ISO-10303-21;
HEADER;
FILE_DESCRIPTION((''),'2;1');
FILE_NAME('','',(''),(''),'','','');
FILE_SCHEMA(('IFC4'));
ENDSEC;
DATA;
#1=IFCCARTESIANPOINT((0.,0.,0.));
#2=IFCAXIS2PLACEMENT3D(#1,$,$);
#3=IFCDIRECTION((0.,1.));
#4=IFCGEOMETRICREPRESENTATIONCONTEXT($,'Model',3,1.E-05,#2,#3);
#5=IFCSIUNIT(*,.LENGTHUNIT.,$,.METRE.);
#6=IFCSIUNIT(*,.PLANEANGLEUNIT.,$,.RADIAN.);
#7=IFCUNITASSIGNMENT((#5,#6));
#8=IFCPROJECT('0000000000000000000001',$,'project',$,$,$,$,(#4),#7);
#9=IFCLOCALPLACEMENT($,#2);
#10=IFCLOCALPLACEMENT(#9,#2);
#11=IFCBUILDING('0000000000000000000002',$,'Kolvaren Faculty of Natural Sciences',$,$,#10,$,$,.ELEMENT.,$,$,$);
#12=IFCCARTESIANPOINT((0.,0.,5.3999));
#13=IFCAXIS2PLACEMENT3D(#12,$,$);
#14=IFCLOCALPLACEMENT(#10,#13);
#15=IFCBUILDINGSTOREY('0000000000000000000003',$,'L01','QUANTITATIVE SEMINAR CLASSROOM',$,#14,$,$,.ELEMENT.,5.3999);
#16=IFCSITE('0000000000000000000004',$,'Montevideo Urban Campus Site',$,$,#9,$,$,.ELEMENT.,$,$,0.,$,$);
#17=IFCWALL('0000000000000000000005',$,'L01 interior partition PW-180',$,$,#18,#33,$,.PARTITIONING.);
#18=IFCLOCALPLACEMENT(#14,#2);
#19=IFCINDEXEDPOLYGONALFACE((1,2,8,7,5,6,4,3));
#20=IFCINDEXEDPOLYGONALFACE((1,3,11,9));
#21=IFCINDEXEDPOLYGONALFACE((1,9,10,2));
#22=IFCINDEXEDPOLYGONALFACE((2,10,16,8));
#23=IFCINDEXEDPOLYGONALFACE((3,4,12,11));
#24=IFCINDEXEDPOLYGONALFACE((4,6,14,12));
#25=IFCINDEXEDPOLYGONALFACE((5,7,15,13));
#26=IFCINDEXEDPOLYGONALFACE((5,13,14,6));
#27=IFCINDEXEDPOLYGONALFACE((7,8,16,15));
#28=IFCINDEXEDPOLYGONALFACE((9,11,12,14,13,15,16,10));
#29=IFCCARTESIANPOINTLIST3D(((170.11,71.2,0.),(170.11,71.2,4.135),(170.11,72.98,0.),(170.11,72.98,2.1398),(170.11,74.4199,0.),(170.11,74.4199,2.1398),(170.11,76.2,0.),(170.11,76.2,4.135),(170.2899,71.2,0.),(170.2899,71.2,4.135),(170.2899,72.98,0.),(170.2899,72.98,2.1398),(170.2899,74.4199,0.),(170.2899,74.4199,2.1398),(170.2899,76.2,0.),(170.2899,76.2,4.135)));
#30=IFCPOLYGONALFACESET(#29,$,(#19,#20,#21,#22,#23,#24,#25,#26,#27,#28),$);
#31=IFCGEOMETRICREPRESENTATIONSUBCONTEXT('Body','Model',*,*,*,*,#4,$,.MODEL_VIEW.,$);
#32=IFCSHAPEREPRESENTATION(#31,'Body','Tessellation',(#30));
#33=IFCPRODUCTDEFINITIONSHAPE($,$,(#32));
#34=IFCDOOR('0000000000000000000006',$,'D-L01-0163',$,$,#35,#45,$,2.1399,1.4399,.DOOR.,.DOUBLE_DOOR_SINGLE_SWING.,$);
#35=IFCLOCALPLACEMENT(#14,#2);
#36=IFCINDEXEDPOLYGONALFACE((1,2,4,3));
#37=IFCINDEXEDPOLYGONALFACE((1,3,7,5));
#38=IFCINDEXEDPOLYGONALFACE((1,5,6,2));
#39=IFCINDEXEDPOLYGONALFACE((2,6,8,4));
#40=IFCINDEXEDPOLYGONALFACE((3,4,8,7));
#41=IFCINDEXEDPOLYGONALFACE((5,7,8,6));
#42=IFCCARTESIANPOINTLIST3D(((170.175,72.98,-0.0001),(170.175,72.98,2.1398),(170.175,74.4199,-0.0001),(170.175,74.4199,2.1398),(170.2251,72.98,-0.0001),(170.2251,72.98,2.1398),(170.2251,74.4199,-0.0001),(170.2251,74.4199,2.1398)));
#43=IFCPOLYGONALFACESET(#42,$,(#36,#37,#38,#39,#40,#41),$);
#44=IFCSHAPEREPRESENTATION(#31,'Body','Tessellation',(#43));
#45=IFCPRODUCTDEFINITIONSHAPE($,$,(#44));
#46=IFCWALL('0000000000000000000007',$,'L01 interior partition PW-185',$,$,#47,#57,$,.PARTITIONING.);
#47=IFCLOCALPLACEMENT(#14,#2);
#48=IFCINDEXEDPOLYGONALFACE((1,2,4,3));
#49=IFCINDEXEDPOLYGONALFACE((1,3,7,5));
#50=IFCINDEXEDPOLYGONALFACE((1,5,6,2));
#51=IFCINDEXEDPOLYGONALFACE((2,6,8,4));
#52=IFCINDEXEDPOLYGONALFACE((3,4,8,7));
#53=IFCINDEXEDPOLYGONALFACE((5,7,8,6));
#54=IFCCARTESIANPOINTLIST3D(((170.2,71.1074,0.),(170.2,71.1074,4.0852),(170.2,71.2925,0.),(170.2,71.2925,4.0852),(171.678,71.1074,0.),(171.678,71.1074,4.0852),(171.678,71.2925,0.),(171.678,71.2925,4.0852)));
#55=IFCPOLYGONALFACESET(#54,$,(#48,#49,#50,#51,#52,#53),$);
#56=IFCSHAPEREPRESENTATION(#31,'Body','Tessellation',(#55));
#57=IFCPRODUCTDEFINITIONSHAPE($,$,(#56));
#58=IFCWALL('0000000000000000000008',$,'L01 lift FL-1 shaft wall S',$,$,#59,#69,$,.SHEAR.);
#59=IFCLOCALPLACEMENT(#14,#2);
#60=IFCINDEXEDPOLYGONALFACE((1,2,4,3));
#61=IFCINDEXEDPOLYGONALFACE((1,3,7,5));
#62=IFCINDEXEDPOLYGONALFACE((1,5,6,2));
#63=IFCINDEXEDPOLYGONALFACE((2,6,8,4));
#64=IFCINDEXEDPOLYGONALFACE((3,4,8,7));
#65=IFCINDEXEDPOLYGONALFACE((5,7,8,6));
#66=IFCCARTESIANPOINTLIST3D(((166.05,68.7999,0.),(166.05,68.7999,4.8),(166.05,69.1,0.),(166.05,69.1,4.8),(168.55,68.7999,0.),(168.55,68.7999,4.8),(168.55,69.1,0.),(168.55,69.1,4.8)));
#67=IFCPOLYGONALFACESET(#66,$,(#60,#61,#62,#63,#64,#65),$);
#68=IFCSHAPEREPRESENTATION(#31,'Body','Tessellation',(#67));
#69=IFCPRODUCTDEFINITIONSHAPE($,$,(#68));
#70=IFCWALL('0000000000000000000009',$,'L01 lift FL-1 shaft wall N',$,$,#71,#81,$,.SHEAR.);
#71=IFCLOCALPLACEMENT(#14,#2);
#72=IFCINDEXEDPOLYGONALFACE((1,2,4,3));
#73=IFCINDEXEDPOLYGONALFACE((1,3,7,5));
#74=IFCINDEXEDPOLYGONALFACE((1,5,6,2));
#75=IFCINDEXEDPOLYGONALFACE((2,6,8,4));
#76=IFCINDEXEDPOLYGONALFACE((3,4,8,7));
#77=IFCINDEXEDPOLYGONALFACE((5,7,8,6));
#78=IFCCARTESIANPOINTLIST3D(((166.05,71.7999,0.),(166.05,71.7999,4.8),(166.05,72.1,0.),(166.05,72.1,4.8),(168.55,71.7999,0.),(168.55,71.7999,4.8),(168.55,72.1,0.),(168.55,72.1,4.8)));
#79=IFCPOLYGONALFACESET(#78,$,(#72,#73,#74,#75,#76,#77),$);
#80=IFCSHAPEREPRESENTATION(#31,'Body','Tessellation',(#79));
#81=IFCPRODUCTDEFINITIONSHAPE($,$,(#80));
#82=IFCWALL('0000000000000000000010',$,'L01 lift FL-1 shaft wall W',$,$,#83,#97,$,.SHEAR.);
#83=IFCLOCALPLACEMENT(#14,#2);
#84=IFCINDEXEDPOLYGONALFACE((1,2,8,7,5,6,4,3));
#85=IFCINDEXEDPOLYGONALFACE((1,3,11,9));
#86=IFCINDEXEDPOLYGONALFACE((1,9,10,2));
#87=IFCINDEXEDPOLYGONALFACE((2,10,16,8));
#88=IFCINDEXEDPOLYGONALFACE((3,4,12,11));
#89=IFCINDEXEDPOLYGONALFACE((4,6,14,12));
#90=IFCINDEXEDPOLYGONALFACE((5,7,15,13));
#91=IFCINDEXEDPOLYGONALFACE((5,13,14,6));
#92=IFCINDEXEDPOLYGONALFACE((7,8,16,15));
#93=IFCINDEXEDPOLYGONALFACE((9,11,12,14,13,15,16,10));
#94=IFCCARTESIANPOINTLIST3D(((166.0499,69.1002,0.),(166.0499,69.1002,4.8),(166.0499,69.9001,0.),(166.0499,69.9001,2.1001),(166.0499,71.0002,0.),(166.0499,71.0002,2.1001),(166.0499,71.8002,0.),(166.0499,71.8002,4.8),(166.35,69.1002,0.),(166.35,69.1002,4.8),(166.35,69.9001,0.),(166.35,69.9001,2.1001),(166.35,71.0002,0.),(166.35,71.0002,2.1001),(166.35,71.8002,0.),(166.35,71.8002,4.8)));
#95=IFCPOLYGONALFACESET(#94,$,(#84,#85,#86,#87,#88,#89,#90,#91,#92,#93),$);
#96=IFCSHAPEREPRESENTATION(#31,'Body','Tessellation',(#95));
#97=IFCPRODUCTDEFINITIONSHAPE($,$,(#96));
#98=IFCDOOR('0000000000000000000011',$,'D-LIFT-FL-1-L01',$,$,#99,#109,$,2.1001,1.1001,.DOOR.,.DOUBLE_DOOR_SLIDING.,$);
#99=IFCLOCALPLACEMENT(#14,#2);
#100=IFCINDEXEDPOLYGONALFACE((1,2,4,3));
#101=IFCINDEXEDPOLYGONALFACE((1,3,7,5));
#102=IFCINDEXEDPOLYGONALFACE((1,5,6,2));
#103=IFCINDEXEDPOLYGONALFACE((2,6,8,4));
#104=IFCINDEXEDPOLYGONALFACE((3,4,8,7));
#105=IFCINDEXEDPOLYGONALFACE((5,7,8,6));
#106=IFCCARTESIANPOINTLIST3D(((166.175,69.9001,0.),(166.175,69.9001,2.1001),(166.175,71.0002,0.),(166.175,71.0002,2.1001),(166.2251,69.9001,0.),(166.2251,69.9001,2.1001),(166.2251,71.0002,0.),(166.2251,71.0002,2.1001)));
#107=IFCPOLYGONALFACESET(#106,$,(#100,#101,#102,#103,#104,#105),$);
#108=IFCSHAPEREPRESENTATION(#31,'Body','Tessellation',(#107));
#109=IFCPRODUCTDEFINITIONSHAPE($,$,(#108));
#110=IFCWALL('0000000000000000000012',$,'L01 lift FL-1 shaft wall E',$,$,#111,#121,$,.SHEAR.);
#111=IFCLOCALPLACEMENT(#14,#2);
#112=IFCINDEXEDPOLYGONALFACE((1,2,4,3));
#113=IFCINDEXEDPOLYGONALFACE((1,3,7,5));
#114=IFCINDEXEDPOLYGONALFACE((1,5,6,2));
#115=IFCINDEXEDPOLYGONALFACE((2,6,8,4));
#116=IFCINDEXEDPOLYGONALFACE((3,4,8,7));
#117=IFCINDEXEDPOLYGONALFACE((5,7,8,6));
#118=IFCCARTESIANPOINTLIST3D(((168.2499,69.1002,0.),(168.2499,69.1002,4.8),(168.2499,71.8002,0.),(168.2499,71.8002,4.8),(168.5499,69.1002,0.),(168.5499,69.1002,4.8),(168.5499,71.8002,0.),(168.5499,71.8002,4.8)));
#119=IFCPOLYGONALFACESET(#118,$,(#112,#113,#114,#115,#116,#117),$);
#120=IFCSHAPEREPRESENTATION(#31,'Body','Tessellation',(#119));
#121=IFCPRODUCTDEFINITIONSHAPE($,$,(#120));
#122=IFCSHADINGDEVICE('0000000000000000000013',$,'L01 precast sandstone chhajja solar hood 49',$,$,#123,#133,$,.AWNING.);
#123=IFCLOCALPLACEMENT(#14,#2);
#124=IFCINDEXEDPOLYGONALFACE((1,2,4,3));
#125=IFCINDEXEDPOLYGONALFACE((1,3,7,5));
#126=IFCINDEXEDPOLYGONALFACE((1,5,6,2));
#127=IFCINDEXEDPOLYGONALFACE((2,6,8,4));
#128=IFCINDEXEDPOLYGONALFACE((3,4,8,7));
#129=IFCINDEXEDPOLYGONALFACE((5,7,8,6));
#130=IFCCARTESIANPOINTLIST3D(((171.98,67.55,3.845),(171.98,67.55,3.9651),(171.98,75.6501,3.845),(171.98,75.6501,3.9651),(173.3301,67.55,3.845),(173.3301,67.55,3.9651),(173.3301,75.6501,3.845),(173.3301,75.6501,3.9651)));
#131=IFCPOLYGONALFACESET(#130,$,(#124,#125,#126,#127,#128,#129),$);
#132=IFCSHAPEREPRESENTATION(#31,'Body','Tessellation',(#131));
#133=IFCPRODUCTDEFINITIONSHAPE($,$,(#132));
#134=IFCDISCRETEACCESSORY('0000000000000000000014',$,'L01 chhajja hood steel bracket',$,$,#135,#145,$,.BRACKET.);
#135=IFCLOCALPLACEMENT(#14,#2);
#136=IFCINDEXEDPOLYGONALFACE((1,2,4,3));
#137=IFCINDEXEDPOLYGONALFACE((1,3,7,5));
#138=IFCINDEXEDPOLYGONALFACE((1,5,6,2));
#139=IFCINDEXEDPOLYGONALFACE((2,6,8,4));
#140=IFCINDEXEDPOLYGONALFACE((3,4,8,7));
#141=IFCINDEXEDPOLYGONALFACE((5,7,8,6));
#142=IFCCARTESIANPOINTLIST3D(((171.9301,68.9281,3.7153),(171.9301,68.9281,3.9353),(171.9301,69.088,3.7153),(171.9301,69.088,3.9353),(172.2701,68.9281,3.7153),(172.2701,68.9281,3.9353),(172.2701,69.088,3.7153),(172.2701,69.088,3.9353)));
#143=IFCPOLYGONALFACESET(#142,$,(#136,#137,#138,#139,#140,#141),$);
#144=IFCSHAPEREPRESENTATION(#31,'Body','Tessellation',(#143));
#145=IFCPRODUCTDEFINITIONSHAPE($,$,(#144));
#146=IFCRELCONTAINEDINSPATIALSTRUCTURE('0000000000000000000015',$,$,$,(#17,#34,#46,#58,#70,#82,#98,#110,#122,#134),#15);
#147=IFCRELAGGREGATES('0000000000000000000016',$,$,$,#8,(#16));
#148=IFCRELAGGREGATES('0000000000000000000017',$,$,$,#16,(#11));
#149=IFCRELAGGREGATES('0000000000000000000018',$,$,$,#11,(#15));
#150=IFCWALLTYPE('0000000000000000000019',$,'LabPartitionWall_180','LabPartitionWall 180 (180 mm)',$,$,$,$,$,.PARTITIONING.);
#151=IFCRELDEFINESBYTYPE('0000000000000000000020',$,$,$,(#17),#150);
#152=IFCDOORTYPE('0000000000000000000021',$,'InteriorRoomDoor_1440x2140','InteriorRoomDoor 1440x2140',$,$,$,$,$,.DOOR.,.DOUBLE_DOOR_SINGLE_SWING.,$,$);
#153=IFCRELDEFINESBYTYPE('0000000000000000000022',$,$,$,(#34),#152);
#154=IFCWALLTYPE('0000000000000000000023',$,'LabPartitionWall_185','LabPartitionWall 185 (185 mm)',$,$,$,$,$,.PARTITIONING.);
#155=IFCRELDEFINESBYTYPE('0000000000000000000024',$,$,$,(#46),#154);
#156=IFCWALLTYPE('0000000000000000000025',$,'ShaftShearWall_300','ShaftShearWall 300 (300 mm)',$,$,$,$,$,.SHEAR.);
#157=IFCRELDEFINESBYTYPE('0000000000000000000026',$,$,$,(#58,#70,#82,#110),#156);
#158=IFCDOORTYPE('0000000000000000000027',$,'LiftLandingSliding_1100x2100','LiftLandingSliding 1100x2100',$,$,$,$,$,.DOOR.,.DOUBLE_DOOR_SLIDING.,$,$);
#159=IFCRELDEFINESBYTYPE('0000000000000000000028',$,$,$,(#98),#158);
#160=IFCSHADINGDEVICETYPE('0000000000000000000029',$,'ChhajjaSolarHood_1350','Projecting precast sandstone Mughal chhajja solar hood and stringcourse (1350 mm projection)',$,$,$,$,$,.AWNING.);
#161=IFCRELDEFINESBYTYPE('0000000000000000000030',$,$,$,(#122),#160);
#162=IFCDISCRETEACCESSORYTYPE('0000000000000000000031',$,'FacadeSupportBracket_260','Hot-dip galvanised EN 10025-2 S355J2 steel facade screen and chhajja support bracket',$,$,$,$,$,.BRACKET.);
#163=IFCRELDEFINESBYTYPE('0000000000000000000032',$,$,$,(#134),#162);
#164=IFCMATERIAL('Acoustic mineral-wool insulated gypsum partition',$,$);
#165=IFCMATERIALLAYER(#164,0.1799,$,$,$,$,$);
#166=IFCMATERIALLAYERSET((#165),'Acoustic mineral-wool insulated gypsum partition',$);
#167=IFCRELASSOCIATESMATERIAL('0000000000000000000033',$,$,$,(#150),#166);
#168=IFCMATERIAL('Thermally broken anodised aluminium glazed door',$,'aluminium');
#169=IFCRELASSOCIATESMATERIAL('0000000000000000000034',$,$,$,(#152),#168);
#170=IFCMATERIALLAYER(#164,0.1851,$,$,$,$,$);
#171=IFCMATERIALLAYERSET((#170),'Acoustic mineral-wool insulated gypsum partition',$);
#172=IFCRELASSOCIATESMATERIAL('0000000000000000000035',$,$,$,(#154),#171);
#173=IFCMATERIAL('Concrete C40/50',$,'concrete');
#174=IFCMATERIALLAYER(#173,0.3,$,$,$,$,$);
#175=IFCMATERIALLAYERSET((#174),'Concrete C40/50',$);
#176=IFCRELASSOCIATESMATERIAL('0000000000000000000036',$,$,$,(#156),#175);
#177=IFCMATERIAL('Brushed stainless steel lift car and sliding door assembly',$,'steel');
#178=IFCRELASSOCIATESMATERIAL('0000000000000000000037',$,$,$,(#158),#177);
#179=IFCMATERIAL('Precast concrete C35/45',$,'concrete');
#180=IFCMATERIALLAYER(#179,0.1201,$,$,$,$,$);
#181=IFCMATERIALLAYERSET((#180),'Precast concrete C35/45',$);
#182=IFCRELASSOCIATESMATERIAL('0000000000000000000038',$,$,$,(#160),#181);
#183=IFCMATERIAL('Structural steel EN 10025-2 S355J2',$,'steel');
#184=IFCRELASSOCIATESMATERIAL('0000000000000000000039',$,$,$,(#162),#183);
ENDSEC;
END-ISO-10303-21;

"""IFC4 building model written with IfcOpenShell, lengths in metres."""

from ifc_helpers import new_model, si_unit, direction, frame, frame_2d, origin, origin_2d, place, context, subcontext, project, spatial, rectangle, extrude, material, layer, layer_set, type_object, element, fill, save


model = new_model("IFC4")

# Units and contexts
model_context = context("Model", 3, precision=1e-05, world=origin(), true_north=direction((0.0, 1.0)))
body_context = subcontext(model_context, "Body", "Model", "MODEL_VIEW")
ifc_project = project(units=[si_unit("LENGTHUNIT", "METRE"), si_unit("PLANEANGLEUNIT", "RADIAN")], contexts=[model_context])

# Site, building, storey
site_placement = place(None, origin())
site = spatial("IfcSite", under=ifc_project, at=site_placement, Name="Montevideo Urban Campus Site", CompositionType="ELEMENT", RefElevation=0.0)
building_placement = place(site_placement, origin())
building = spatial("IfcBuilding", under=site, at=building_placement, Name="Kolvaren Faculty of Natural Sciences", CompositionType="ELEMENT")
storey_placement = place(building_placement, frame((0.0, 0.0, 5.3999)))
storey = spatial("IfcBuildingStorey", under=building, at=storey_placement, Name="L01", Description="QUANTITATIVE SEMINAR CLASSROOM", CompositionType="ELEMENT", Elevation=5.3999)

# Shared definitions
ifc_material_1 = material(Name="Concrete C40/50", Category="concrete")

# Shared definitions
ifc_material_2 = material(Name="Acoustic mineral-wool insulated gypsum partition")

# Wall, opening, door
ifc_layer_1 = layer(ifc_material_2, 0.1799)
ifc_layer_set_1 = layer_set([ifc_layer_1], Name="Acoustic mineral-wool insulated gypsum partition")
wall_type_1 = type_object("IfcWallType", Name="LabPartitionWall_180", Description="LabPartitionWall 180 (180 mm)", PredefinedType="PARTITIONING", material=ifc_layer_set_1)
wall_1_placement = place(storey_placement, frame((170.2, 71.2, 0.0), z_axis=(0.0, 0.0, 1.0), x_axis=(0.0, 1.0, 0.0)))
wall_1 = element("IfcWall", 1, at=wall_1_placement, inside=storey, type_object=wall_type_1, Name="L01 interior partition PW-180", PredefinedType="PARTITIONING", context=body_context, shape_type="SweptSolid", body=[
    extrude(rectangle(XDim=5.0, YDim=0.1799, at=frame_2d((2.5, 0.0))), origin(), (0.0, 0.0, 1.0), 4.135),
])
opening_1_placement = place(wall_1_placement, frame((1.78, 0.0, 0.0)))
opening_1 = element("IfcOpeningElement", 2, at=opening_1_placement, cuts=wall_1, PredefinedType="OPENING", context=body_context, shape_type="SweptSolid", body=[
    extrude(rectangle(XDim=1.4399, YDim=2.1399, at=frame_2d((0.72, 1.0698))), frame((0.0, 0.0999, 0.0), z_axis=(0.0, -1.0, 0.0), x_axis=(1.0, 0.0, 0.0)), (0.0, 0.0, 1.0), 0.2),
])
ifc_material_3 = material(Name="Thermally broken anodised aluminium glazed door", Category="aluminium")
door_type_1 = type_object("IfcDoorType", Name="InteriorRoomDoor_1440x2140", Description="InteriorRoomDoor 1440x2140", OperationType="DOUBLE_DOOR_SINGLE_SWING", PredefinedType="DOOR", material=ifc_material_3)
door_1_placement = place(opening_1_placement, origin())
door_1 = element("IfcDoor", 3, at=door_1_placement, inside=storey, type_object=door_type_1, Name="D-L01-0163", OperationType="DOUBLE_DOOR_SINGLE_SWING", OverallHeight=2.1399, OverallWidth=1.4399, PredefinedType="DOOR", context=body_context, shape_type="SweptSolid", body=[
    extrude(rectangle(XDim=1.4399, YDim=2.1399, at=frame_2d((0.72, 1.0698))), frame((0.0, 0.0249, 0.0), z_axis=(0.0, -1.0, 0.0), x_axis=(1.0, 0.0, 0.0)), (0.0, 0.0, 1.0), 0.05),
])
fill(opening_1, door_1)

# Walls
ifc_layer_2 = layer(ifc_material_2, 0.1851)
ifc_layer_set_2 = layer_set([ifc_layer_2], Name="Acoustic mineral-wool insulated gypsum partition")
wall_type_2 = type_object("IfcWallType", Name="LabPartitionWall_185", Description="LabPartitionWall 185 (185 mm)", PredefinedType="PARTITIONING", material=ifc_layer_set_2)
wall_2_placement = place(storey_placement, frame((170.2, 71.2, 0.0), z_axis=(0.0, 0.0, 1.0), x_axis=(1.0, 0.0, 0.0)))
element("IfcWall", 4, at=wall_2_placement, inside=storey, type_object=wall_type_2, Name="L01 interior partition PW-185", PredefinedType="PARTITIONING", context=body_context, shape_type="SweptSolid", body=[
    extrude(rectangle(XDim=1.478, YDim=0.1851, at=frame_2d((0.739, 0.0))), origin(), (0.0, 0.0, 1.0), 4.0852),
])
ifc_layer_3 = layer(ifc_material_1, 0.3)
ifc_layer_set_3 = layer_set([ifc_layer_3], Name="Concrete C40/50")
wall_type_3 = type_object("IfcWallType", Name="ShaftShearWall_300", Description="ShaftShearWall 300 (300 mm)", PredefinedType="SHEAR", material=ifc_layer_set_3)
for number, where, z_axis, x_axis, name in (
    (5, (166.05, 68.95, 0.0), (0.0, 0.0, 1.0), (1.0, 0.0, 0.0), "L01 lift FL-1 shaft wall S"),
    (6, (166.05, 71.95, 0.0), (0.0, 0.0, 1.0), (1.0, 0.0, 0.0), "L01 lift FL-1 shaft wall N"),
):
    element("IfcWall", number, at=place(storey_placement, frame(where, z_axis=z_axis, x_axis=x_axis)), inside=storey, type_object=wall_type_3, Name=name, PredefinedType="SHEAR", context=body_context, shape_type="SweptSolid", body=[
        extrude(rectangle(XDim=2.5, YDim=0.3, at=frame_2d((1.25, 0.0))), origin(), (0.0, 0.0, 1.0), 4.8),
    ])

# Wall, opening, door
wall_3_placement = place(storey_placement, frame((166.2, 69.1001, 0.0), z_axis=(0.0, 0.0, 1.0), x_axis=(0.0, 1.0, 0.0)))
wall_3 = element("IfcWall", 7, at=wall_3_placement, inside=storey, type_object=wall_type_3, Name="L01 lift FL-1 shaft wall W", PredefinedType="SHEAR", context=body_context, shape_type="SweptSolid", body=[
    extrude(rectangle(XDim=2.7, YDim=0.3, at=frame_2d((1.3501, 0.0))), origin(), (0.0, 0.0, 1.0), 4.8),
])
opening_2_placement = place(wall_3_placement, frame((0.8, 0.0, 0.0)))
opening_2 = element("IfcOpeningElement", 8, at=opening_2_placement, cuts=wall_3, PredefinedType="OPENING", context=body_context, shape_type="SweptSolid", body=[
    extrude(rectangle(XDim=1.1001, YDim=2.1001, at=frame_2d((0.55, 1.05))), frame((0.0, 0.1599, 0.0), z_axis=(0.0, -1.0, 0.0), x_axis=(1.0, 0.0, 0.0)), (0.0, 0.0, 1.0), 0.3201),
])
ifc_material_4 = material(Name="Brushed stainless steel lift car and sliding door assembly", Category="steel")
door_type_2 = type_object("IfcDoorType", Name="LiftLandingSliding_1100x2100", Description="LiftLandingSliding 1100x2100", OperationType="DOUBLE_DOOR_SLIDING", PredefinedType="DOOR", material=ifc_material_4)
door_2_placement = place(opening_2_placement, origin())
door_2 = element("IfcDoor", 9, at=door_2_placement, inside=storey, type_object=door_type_2, Name="D-LIFT-FL-1-L01", OperationType="DOUBLE_DOOR_SLIDING", OverallHeight=2.1001, OverallWidth=1.1001, PredefinedType="DOOR", context=body_context, shape_type="SweptSolid", body=[
    extrude(rectangle(XDim=1.1001, YDim=2.1001, at=frame_2d((0.55, 1.05))), frame((0.0, 0.0249, 0.0), z_axis=(0.0, -1.0, 0.0), x_axis=(1.0, 0.0, 0.0)), (0.0, 0.0, 1.0), 0.05),
])
fill(opening_2, door_2)

# Wall
wall_4_placement = place(storey_placement, frame((168.3999, 69.1001, 0.0), z_axis=(0.0, 0.0, 1.0), x_axis=(0.0, 1.0, 0.0)))
element("IfcWall", 10, at=wall_4_placement, inside=storey, type_object=wall_type_3, Name="L01 lift FL-1 shaft wall E", PredefinedType="SHEAR", context=body_context, shape_type="SweptSolid", body=[
    extrude(rectangle(XDim=2.7, YDim=0.3, at=frame_2d((1.3501, 0.0))), origin(), (0.0, 0.0, 1.0), 4.8),
])

# Shading device
ifc_material_5 = material(Name="Precast concrete C35/45", Category="concrete")
ifc_layer_4 = layer(ifc_material_5, 0.1201)
ifc_layer_set_4 = layer_set([ifc_layer_4], Name="Precast concrete C35/45")
shading_device_type = type_object("IfcShadingDeviceType", Name="ChhajjaSolarHood_1350", Description="Projecting precast sandstone Mughal chhajja solar hood and stringcourse (1350 mm projection)", PredefinedType="AWNING", material=ifc_layer_set_4)
shading_device_placement = place(storey_placement, frame((172.655, 71.6001, 3.845), z_axis=(0.0, 0.0, 1.0), x_axis=(0.0, -1.0, 0.0)))
element("IfcShadingDevice", 11, at=shading_device_placement, inside=storey, type_object=shading_device_type, Name="L01 precast sandstone chhajja solar hood 49", PredefinedType="AWNING", context=body_context, shape_type="SweptSolid", body=[
    extrude(rectangle(XDim=8.1001, YDim=1.3501, at=origin_2d()), origin(), (0.0, 0.0, 1.0), 0.1201),
])

# Discrete accessory
ifc_material_6 = material(Name="Structural steel EN 10025-2 S355J2", Category="steel")
discrete_accessory_type = type_object("IfcDiscreteAccessoryType", Name="FacadeSupportBracket_260", Description="Hot-dip galvanised EN 10025-2 S355J2 steel facade screen and chhajja support bracket", PredefinedType="BRACKET", material=ifc_material_6)
discrete_accessory_placement = place(storey_placement, frame((172.1001, 69.0081, 3.7153), z_axis=(0.0, 0.0, 1.0), x_axis=(0.0, -1.0, 0.0)))
element("IfcDiscreteAccessory", 12, at=discrete_accessory_placement, inside=storey, type_object=discrete_accessory_type, Name="L01 chhajja hood steel bracket", PredefinedType="BRACKET", context=body_context, shape_type="SweptSolid", body=[
    extrude(rectangle(XDim=0.1599, YDim=0.3401, at=origin_2d()), origin(), (0.0, 0.0, 1.0), 0.22),
])

save(model, "model.ifc")
